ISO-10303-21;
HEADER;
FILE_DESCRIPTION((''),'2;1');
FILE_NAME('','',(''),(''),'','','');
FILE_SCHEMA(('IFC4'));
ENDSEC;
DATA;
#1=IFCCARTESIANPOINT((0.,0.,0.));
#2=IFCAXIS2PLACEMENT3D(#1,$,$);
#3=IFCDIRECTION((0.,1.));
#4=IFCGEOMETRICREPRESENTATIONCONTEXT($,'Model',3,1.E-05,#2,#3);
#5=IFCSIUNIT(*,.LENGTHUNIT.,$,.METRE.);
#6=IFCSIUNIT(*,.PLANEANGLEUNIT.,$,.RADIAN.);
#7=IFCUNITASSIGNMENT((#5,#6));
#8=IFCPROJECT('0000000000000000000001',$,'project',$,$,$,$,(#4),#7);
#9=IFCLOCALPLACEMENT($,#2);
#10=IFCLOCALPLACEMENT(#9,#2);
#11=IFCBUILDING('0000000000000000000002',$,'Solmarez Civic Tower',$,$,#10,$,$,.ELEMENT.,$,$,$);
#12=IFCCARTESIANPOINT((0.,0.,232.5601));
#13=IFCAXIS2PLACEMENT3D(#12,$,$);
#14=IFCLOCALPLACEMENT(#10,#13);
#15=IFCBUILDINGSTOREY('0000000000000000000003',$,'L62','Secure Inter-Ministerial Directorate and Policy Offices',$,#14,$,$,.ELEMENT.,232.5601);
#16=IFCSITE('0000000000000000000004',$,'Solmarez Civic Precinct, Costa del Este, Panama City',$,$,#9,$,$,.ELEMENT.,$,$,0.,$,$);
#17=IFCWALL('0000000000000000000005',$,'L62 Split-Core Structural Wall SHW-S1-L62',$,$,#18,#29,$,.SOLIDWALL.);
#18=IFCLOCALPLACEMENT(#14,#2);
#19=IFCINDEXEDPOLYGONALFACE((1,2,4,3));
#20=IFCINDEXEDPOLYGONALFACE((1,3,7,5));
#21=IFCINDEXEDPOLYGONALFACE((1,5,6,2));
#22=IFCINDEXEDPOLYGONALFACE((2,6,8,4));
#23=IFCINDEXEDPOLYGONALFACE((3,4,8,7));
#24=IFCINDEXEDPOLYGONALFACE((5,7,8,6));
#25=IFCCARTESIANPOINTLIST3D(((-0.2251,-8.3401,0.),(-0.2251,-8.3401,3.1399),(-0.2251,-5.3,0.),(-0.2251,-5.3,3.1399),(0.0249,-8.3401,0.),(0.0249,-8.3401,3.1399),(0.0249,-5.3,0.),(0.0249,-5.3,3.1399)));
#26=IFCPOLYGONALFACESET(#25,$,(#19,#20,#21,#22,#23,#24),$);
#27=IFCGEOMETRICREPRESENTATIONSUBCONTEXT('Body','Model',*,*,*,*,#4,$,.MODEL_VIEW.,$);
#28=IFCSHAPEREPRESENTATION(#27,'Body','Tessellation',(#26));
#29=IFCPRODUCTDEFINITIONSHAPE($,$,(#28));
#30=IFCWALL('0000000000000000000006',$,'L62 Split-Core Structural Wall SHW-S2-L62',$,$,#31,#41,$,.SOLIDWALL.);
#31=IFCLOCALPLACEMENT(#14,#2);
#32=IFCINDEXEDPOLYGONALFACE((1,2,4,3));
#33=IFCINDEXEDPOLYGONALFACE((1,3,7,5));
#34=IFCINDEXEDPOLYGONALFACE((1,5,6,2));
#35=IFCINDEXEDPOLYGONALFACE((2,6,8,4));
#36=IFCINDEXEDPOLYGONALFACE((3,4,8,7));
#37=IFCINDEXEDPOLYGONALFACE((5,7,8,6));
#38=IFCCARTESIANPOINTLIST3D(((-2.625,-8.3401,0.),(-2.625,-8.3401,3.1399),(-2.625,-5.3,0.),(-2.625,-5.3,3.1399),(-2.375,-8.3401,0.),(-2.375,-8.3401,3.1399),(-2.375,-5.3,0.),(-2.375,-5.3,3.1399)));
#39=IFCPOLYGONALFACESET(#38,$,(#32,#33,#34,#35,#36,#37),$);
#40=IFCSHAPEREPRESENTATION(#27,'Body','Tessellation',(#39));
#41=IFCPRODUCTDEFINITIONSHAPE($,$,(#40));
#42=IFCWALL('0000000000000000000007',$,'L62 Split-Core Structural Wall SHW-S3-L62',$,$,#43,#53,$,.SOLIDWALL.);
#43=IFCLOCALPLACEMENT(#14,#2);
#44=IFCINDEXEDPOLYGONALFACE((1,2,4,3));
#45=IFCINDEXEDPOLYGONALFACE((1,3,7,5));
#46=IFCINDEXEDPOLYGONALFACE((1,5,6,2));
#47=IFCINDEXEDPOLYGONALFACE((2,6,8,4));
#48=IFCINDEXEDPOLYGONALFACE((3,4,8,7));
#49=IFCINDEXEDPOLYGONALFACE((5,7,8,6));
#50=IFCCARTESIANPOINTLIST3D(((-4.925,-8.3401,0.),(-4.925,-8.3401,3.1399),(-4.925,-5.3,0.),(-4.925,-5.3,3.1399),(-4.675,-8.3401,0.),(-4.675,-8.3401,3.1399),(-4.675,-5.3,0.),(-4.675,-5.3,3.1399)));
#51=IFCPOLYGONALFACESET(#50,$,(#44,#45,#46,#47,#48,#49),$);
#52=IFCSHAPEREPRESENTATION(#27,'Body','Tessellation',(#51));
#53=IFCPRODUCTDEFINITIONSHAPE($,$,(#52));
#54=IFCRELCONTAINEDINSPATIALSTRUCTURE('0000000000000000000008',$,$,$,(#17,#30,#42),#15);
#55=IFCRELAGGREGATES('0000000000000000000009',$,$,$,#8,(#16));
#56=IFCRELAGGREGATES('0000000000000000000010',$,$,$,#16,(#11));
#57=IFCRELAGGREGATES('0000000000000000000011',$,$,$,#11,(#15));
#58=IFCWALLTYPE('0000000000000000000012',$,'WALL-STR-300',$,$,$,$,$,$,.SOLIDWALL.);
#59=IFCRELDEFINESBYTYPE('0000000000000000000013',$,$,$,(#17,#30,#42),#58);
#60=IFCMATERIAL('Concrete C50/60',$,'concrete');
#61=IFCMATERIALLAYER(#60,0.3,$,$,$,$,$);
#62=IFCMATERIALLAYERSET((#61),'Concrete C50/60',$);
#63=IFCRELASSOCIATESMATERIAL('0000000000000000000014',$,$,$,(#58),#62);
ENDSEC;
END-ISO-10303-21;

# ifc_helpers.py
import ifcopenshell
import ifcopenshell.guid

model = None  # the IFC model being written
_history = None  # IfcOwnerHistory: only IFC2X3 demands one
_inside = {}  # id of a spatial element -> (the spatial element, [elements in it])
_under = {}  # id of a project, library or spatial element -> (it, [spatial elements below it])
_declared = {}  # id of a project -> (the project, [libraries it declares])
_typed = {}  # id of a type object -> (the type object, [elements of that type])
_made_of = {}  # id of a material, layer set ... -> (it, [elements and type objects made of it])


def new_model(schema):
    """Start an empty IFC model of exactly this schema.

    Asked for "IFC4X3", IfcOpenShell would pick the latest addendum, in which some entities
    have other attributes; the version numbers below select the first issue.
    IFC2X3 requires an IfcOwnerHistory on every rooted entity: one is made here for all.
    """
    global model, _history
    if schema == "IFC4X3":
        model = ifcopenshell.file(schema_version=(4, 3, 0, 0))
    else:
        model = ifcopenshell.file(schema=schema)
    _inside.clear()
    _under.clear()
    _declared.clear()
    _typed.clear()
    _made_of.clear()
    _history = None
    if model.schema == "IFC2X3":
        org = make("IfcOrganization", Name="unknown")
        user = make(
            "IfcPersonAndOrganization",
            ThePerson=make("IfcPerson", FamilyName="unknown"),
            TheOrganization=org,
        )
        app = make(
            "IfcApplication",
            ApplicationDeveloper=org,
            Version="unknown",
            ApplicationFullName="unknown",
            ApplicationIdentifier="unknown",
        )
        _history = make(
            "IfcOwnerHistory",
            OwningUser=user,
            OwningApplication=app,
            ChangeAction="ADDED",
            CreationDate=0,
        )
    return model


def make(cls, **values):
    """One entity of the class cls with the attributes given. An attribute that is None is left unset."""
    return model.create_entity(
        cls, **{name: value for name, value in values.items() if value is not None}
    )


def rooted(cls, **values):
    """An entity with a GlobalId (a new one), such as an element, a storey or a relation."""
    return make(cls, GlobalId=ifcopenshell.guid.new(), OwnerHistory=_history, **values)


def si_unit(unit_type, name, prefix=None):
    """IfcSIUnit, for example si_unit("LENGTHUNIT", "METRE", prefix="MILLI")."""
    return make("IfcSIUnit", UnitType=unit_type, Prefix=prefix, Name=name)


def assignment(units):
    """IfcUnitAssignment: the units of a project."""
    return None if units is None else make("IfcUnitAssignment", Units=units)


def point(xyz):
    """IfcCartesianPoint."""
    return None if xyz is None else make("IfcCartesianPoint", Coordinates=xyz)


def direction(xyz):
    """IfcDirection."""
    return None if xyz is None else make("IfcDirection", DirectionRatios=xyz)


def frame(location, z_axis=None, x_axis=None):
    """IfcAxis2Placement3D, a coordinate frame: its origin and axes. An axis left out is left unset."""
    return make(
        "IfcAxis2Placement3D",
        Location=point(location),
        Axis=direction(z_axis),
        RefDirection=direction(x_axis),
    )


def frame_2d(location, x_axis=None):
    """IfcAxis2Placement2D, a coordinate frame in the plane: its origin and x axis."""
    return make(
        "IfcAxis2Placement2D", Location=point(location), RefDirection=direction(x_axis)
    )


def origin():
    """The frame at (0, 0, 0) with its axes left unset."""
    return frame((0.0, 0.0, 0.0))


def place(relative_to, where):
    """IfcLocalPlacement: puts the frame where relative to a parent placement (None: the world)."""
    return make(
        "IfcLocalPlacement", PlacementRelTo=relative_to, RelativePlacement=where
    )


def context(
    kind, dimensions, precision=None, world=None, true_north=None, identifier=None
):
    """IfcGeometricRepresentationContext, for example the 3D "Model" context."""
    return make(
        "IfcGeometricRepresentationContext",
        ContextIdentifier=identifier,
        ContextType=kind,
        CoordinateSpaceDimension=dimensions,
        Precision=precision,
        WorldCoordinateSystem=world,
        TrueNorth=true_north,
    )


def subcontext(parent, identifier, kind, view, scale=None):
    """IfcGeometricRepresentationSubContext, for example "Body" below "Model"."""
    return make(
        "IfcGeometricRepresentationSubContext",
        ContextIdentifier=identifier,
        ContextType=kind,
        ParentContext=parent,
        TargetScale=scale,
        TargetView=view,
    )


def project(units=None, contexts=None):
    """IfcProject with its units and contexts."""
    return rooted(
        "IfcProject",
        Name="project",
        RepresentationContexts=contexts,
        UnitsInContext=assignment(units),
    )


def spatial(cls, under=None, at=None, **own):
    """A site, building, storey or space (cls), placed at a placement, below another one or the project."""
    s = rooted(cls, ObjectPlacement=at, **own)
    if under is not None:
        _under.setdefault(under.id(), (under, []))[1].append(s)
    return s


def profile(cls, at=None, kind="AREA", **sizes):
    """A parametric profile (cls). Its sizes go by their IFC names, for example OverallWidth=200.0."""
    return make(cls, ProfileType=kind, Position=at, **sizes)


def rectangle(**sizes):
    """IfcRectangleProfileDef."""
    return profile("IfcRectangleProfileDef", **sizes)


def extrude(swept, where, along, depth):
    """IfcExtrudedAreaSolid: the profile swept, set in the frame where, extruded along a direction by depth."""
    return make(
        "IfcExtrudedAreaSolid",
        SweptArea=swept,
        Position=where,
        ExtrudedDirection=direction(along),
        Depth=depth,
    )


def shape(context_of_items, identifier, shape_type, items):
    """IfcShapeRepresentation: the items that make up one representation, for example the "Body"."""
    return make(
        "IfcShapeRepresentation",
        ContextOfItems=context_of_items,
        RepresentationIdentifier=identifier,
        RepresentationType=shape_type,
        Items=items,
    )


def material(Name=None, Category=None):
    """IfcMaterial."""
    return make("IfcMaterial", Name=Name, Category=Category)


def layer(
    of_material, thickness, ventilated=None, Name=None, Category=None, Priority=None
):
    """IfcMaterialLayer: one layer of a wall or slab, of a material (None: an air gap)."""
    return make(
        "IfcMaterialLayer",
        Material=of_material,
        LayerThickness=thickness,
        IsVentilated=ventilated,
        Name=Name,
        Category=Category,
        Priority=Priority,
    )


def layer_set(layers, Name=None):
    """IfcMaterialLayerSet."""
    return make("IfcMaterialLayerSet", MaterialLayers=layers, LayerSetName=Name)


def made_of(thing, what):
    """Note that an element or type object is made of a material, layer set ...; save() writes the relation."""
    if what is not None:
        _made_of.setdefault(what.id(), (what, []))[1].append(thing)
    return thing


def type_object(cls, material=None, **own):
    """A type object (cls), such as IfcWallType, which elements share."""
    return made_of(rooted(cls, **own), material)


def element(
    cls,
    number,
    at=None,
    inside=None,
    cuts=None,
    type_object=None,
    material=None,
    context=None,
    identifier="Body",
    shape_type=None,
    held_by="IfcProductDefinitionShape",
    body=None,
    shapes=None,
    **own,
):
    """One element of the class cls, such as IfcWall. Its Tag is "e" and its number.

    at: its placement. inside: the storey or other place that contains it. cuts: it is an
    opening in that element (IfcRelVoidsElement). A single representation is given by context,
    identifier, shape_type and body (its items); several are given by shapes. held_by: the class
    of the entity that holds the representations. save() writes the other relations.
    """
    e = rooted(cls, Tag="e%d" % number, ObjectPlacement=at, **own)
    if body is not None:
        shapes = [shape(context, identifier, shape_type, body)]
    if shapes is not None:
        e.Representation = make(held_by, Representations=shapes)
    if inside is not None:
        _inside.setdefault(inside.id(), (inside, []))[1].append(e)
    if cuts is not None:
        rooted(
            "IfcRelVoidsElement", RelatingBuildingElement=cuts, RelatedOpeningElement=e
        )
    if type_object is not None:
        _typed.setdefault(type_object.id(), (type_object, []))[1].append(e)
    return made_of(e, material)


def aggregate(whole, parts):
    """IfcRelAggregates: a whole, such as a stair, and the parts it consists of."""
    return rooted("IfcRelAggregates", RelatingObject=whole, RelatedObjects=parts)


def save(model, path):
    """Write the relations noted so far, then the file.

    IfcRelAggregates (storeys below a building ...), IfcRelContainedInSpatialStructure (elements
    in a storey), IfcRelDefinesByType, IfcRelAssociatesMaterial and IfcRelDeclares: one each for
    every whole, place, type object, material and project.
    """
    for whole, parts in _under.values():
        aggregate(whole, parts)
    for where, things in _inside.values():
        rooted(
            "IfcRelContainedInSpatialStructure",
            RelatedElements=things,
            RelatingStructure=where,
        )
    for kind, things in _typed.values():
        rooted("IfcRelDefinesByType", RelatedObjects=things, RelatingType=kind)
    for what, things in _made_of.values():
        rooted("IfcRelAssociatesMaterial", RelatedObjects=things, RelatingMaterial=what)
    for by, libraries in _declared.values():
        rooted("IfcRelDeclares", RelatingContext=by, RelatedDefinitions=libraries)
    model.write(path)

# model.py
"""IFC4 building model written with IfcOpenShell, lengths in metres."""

from ifc_helpers import new_model, si_unit, direction, frame, frame_2d, origin, place, context, subcontext, project, spatial, rectangle, extrude, material, layer, layer_set, type_object, element, save


model = new_model("IFC4")

# Units and contexts
model_context = context("Model", 3, precision=1e-05, world=origin(), true_north=direction((0.0, 1.0)))
body_context = subcontext(model_context, "Body", "Model", "MODEL_VIEW")
ifc_project = project(units=[si_unit("LENGTHUNIT", "METRE"), si_unit("PLANEANGLEUNIT", "RADIAN")], contexts=[model_context])

# Site, building, storey
site_placement = place(None, origin())
site = spatial("IfcSite", under=ifc_project, at=site_placement, Name="Solmarez Civic Precinct, Costa del Este, Panama City", CompositionType="ELEMENT", RefElevation=0.0)
building_placement = place(site_placement, origin())
building = spatial("IfcBuilding", under=site, at=building_placement, Name="Solmarez Civic Tower", CompositionType="ELEMENT")
storey_placement = place(building_placement, frame((0.0, 0.0, 232.5601)))
storey = spatial("IfcBuildingStorey", under=building, at=storey_placement, Name="L62", Description="Secure Inter-Ministerial Directorate and Policy Offices", CompositionType="ELEMENT", Elevation=232.5601)

# Shared definitions
ifc_material_1 = material(Name="Concrete C50/60", Category="concrete")

# Walls
ifc_layer_1 = layer(ifc_material_1, 0.3)
ifc_layer_set_1 = layer_set([ifc_layer_1], Name="Concrete C50/60")
wall_type_1 = type_object("IfcWallType", Name="WALL-STR-300", PredefinedType="SOLIDWALL", material=ifc_layer_set_1)
for number, where, z_axis, x_axis, name in (
    (1, (-0.1001, -8.3401, 0.0), (0.0, 0.0, 1.0), (0.0, 1.0, 0.0), "L62 Split-Core Structural Wall SHW-S1-L62"),
    (2, (-2.5, -8.3401, 0.0), (0.0, 0.0, 1.0), (0.0, 1.0, 0.0), "L62 Split-Core Structural Wall SHW-S2-L62"),
    (3, (-4.8, -8.3401, 0.0), (0.0, 0.0, 1.0), (0.0, 1.0, 0.0), "L62 Split-Core Structural Wall SHW-S3-L62"),
):
    element("IfcWall", number, at=place(storey_placement, frame(where, z_axis=z_axis, x_axis=x_axis)), inside=storey, type_object=wall_type_1, Name=name, PredefinedType="SOLIDWALL", context=body_context, shape_type="SweptSolid", body=[
        extrude(rectangle(XDim=3.04, YDim=0.25, at=frame_2d((1.52, 0.0))), origin(), (0.0, 0.0, 1.0), 3.1399),
    ])

save(model, "model.ifc")
